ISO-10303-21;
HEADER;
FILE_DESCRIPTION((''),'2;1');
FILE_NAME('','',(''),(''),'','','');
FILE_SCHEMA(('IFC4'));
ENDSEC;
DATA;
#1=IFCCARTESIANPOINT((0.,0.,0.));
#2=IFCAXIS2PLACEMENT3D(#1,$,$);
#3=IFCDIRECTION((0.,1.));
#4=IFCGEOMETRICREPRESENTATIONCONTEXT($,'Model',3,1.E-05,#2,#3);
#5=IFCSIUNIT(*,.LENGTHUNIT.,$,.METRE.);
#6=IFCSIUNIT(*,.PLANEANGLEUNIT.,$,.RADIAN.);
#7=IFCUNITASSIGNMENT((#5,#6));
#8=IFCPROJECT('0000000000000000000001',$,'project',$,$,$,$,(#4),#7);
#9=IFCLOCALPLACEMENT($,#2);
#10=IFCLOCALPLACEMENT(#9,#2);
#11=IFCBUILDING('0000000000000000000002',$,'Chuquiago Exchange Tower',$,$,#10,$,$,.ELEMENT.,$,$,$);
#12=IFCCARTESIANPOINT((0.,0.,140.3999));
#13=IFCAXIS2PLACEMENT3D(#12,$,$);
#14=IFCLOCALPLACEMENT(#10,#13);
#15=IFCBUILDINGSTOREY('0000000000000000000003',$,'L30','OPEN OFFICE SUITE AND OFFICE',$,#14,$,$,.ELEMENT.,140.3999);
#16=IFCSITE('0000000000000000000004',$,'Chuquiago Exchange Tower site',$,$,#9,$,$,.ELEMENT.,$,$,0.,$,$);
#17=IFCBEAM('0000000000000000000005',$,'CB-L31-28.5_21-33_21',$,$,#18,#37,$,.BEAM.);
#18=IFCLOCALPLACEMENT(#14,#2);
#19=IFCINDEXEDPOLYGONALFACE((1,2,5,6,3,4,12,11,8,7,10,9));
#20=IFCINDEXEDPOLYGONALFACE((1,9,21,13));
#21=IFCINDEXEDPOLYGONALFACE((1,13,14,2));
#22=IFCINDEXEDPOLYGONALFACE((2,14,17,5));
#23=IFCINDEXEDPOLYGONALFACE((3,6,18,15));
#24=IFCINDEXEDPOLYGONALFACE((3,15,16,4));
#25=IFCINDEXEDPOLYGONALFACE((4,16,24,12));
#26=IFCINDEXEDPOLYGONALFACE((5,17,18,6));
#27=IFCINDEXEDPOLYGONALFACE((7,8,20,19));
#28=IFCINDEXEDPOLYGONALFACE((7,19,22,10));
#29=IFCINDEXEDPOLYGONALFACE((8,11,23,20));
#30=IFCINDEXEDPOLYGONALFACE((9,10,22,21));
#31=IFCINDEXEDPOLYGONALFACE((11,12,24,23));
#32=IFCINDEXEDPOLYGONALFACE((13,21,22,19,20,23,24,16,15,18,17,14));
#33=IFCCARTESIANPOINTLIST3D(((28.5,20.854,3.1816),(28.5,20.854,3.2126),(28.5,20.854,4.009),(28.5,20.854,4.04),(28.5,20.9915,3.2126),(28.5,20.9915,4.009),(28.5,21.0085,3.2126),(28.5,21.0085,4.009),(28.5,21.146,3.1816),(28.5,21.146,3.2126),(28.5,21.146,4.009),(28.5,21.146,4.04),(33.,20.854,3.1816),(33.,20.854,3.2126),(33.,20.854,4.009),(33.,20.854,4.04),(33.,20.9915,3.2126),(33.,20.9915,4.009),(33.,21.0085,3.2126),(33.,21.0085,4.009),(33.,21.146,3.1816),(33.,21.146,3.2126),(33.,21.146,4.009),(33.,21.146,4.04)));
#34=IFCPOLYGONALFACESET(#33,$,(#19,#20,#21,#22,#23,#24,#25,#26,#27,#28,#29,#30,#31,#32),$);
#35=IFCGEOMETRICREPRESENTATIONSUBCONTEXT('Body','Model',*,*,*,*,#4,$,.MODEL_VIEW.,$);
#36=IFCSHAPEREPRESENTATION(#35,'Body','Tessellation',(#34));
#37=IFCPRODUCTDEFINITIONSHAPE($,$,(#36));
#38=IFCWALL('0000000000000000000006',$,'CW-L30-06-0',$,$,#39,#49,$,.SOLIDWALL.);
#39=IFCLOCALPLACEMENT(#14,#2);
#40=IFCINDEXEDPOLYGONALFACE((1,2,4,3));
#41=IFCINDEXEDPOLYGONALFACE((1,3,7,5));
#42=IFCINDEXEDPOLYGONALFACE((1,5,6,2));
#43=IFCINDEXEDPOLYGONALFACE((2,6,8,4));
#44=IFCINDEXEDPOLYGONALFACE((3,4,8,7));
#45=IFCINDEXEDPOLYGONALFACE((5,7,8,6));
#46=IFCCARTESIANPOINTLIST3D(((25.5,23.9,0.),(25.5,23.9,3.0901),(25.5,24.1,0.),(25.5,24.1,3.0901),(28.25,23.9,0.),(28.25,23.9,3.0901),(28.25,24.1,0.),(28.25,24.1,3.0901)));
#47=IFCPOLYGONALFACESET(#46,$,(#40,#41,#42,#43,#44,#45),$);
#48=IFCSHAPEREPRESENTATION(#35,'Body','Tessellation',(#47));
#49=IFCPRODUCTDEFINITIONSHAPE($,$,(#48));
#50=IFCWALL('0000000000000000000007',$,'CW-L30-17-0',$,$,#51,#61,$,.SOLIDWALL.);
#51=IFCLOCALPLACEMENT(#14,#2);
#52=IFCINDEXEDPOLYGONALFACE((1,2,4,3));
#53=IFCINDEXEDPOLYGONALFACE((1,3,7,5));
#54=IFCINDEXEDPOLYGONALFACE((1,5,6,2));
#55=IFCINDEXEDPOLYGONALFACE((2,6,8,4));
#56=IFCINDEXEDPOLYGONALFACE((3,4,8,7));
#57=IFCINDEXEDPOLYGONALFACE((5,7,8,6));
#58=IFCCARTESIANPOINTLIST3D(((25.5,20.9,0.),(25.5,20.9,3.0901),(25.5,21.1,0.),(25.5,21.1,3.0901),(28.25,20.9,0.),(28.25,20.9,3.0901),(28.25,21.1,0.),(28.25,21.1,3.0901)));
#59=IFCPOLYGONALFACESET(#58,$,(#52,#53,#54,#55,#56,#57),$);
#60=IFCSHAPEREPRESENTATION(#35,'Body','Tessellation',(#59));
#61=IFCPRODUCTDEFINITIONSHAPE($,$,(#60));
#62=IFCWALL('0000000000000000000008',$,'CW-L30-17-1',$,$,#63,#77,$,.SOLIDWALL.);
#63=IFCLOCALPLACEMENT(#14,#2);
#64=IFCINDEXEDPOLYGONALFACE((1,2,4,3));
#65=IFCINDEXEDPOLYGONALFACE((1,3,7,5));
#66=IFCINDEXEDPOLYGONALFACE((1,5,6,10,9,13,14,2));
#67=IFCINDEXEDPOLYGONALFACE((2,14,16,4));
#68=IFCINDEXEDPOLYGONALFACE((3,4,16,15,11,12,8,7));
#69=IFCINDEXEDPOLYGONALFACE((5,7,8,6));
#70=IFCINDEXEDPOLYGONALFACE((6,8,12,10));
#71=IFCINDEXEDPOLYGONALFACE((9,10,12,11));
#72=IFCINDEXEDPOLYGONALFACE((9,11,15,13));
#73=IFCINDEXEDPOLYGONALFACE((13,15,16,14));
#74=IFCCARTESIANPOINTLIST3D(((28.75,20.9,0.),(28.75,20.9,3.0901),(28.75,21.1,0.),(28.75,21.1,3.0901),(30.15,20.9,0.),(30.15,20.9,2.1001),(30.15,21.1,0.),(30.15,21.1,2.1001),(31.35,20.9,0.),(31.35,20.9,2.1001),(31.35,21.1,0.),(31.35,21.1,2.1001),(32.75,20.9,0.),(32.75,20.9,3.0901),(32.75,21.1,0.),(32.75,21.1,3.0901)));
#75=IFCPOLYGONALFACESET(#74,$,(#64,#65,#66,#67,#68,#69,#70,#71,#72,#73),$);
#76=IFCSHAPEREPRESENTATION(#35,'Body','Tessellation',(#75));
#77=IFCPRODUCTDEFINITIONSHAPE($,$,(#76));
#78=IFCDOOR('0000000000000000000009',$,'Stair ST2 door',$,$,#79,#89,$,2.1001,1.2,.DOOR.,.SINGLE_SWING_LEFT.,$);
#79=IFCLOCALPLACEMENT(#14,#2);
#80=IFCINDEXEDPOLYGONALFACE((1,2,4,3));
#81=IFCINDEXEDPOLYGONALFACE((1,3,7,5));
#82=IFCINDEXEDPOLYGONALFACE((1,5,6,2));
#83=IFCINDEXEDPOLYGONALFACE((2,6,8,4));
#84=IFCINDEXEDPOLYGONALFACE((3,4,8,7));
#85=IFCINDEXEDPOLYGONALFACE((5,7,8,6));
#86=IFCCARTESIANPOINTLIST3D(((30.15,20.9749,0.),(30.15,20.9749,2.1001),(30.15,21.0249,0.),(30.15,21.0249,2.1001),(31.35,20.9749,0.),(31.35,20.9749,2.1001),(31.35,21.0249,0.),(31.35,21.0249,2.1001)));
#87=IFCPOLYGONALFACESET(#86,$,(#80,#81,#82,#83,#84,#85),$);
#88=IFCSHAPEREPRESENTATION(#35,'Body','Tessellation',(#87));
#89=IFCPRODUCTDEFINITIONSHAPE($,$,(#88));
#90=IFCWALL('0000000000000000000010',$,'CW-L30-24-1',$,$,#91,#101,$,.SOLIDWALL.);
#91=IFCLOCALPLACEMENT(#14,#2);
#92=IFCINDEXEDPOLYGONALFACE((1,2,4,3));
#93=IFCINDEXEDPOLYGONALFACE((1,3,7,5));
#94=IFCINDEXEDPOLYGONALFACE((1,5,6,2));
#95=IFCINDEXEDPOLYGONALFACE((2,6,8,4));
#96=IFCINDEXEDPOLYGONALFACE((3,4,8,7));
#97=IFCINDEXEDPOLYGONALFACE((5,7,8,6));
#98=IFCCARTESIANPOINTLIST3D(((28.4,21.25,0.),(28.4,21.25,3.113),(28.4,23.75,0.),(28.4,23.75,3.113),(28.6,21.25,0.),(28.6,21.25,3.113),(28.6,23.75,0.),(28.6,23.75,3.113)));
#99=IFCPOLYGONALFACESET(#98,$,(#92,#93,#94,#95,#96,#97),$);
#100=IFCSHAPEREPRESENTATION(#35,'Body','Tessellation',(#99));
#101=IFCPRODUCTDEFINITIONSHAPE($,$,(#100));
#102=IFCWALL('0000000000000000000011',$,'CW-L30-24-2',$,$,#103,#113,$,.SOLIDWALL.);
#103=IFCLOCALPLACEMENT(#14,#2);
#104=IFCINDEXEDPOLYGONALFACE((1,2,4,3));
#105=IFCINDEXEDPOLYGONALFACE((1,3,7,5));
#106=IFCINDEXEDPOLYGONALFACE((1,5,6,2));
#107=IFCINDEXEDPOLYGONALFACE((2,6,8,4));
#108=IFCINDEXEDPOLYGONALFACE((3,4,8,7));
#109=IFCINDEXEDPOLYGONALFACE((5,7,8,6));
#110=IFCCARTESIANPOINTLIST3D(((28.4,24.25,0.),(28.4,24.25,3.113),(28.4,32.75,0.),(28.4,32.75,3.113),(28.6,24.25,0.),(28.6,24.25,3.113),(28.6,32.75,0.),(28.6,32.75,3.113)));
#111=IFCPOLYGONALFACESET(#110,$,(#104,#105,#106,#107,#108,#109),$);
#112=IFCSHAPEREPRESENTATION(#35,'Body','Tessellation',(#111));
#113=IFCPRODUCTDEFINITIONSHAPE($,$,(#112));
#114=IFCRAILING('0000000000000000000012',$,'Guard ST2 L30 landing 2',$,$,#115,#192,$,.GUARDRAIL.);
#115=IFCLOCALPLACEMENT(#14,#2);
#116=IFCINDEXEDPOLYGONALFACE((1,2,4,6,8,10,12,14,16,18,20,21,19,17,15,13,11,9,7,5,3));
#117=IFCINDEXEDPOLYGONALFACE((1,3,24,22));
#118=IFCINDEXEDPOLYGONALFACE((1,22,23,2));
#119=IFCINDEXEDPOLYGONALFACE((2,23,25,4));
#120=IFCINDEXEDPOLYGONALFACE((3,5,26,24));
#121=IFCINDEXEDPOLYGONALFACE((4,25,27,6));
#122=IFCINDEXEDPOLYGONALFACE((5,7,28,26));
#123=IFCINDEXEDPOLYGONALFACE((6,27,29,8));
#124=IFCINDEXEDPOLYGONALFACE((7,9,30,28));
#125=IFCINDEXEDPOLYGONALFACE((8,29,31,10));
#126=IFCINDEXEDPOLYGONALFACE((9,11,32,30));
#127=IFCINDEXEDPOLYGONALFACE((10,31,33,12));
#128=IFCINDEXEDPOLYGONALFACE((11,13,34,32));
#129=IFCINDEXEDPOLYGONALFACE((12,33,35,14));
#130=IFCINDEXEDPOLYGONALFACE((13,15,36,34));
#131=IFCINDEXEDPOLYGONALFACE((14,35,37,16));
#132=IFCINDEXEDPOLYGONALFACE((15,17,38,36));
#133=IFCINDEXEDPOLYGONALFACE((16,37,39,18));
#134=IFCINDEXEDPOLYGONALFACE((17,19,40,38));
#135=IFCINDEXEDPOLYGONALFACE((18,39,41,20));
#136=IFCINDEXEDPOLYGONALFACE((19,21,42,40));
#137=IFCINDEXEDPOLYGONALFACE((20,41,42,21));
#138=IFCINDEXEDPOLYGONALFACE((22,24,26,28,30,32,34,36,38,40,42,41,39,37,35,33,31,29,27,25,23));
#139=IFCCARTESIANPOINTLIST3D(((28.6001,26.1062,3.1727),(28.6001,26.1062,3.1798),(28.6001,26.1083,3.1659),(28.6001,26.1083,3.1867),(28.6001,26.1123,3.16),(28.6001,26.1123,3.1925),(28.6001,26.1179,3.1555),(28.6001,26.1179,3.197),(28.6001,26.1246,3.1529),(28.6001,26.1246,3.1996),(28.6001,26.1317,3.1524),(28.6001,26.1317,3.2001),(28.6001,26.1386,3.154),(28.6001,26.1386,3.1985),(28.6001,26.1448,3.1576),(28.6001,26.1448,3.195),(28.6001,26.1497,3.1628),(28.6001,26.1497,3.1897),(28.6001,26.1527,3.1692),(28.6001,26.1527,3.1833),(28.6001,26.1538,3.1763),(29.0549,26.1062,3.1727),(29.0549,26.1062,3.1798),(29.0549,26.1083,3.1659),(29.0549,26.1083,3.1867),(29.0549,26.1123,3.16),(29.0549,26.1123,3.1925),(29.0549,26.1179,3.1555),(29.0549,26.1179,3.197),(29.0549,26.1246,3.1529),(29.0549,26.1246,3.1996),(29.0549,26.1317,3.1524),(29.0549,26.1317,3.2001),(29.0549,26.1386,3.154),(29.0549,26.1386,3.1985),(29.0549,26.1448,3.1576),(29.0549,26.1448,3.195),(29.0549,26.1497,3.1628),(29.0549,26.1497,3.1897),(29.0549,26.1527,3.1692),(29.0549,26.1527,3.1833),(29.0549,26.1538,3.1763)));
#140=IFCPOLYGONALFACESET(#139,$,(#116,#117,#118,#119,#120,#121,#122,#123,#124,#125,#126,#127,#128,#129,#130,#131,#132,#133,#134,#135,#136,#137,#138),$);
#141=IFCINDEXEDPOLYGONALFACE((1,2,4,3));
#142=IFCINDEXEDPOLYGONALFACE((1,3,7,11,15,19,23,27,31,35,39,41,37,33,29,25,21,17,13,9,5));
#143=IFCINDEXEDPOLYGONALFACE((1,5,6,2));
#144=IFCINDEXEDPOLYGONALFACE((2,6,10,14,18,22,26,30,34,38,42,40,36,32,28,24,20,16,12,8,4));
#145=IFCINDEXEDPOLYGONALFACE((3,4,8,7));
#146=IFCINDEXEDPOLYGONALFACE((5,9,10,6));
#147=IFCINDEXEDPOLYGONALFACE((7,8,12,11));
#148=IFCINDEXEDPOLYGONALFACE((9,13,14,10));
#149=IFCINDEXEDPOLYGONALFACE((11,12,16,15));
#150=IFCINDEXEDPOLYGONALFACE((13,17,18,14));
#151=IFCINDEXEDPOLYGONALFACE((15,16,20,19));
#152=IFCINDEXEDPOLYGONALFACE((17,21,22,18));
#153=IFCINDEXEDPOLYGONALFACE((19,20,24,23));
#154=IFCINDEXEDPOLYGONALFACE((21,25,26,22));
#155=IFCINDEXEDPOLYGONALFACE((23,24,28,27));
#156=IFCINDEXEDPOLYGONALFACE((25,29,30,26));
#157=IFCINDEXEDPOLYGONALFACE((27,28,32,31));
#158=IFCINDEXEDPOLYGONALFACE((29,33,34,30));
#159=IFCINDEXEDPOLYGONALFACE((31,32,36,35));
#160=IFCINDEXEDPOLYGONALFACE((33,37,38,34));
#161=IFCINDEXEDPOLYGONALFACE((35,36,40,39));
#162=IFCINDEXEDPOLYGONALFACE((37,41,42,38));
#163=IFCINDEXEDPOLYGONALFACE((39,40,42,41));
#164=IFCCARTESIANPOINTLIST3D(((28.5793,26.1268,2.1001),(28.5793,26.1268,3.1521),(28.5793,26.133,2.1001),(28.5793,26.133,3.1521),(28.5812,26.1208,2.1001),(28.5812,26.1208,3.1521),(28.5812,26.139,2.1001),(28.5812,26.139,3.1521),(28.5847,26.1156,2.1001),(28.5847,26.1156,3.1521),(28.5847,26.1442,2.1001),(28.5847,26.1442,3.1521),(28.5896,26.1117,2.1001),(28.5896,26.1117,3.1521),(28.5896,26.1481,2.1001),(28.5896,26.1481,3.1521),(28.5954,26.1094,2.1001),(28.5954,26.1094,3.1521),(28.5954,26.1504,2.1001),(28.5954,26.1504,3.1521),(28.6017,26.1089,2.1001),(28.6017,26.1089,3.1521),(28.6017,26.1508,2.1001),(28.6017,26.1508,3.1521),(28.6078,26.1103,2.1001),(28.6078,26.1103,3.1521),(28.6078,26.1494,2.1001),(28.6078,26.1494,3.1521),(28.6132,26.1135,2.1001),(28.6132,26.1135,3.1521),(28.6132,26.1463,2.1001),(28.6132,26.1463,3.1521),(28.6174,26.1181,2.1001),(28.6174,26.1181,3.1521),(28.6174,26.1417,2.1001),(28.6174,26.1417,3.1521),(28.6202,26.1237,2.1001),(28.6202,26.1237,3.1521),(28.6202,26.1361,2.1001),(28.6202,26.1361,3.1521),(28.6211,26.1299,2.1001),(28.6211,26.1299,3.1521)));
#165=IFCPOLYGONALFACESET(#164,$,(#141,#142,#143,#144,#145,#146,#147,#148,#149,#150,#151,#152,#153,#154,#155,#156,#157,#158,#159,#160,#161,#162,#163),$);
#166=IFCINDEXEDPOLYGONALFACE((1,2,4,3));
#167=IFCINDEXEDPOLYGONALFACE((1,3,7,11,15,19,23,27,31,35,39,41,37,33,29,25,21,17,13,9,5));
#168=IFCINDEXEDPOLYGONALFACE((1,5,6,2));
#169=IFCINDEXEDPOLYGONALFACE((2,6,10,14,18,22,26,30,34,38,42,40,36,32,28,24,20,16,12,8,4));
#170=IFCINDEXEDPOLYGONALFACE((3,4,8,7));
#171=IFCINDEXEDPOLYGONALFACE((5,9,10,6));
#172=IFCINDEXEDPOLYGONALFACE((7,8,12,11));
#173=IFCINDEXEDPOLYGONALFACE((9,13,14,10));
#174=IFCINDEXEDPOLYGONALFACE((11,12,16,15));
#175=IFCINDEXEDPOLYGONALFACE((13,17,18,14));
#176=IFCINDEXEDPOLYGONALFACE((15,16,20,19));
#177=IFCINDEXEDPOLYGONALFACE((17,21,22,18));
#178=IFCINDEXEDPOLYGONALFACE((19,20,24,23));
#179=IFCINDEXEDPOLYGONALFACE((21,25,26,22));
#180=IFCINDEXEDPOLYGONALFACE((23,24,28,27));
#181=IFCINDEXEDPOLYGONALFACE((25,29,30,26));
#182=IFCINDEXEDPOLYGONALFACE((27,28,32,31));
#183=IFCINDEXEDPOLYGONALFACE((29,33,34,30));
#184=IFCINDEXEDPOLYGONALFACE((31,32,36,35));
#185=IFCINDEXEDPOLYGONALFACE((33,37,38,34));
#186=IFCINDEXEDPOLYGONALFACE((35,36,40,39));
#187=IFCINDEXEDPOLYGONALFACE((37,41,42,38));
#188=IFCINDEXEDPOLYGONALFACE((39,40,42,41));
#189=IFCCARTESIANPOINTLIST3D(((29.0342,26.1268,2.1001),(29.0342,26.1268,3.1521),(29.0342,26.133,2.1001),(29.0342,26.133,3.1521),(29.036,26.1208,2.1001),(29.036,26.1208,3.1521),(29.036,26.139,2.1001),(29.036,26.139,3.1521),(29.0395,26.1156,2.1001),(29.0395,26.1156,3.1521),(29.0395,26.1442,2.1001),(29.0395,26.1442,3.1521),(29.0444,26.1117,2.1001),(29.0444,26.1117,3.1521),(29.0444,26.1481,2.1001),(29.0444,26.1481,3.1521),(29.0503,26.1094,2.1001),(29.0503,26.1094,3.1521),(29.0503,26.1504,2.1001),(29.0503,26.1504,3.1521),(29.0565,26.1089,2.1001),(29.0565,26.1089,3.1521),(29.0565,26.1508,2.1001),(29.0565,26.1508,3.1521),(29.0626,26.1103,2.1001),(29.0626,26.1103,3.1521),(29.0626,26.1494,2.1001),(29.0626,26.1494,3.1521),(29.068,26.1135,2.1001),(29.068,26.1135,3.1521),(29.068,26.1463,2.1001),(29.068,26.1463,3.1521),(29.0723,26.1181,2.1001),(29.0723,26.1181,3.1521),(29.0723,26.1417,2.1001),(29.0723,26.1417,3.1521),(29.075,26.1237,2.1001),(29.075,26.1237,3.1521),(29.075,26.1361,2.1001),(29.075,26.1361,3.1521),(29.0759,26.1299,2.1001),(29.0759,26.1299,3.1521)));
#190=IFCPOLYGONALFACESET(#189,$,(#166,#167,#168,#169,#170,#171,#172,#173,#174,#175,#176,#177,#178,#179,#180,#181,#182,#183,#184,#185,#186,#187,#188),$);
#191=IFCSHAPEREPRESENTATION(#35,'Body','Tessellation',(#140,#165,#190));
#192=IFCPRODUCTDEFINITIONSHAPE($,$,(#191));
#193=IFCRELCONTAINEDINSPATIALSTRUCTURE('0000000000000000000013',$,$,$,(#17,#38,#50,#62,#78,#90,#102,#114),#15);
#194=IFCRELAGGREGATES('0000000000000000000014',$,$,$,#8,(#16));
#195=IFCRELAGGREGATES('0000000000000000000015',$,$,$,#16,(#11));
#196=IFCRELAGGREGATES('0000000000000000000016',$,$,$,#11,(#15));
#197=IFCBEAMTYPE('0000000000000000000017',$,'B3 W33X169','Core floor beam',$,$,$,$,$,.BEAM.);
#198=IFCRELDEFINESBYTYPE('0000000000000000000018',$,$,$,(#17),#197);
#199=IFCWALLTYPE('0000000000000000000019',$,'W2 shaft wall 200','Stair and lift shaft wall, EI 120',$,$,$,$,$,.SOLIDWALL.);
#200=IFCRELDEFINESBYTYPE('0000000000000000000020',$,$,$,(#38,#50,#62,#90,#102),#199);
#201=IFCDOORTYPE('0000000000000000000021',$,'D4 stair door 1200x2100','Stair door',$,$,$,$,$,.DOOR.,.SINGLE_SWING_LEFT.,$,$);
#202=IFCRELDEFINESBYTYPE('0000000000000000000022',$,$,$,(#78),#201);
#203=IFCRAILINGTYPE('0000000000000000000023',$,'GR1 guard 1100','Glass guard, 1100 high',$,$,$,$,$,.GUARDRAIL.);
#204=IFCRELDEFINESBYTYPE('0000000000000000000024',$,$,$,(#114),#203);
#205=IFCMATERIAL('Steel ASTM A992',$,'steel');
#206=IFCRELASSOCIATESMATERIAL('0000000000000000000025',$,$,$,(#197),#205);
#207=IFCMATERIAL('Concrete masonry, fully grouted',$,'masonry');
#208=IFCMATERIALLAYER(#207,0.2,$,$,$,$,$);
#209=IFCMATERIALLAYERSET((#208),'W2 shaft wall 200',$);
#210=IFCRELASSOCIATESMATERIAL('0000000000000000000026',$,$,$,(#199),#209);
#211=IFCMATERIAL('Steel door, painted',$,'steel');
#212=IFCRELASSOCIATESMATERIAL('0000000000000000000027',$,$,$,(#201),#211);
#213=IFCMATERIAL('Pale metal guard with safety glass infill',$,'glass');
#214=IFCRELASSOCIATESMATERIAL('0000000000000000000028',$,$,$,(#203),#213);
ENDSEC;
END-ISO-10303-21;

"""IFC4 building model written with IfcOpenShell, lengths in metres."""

from ifc_helpers import new_model, si_unit, direction, frame, frame_2d, origin, origin_2d, place, context, subcontext, project, spatial, rectangle, circle, i_section, extrude, material, layer, layer_set, material_profile, profile_set, type_object, element, fill, save


model = new_model("IFC4")

# Units and contexts
model_context = context("Model", 3, precision=1e-05, world=origin(), true_north=direction((0.0, 1.0)))
body_context = subcontext(model_context, "Body", "Model", "MODEL_VIEW")
ifc_project = project(units=[si_unit("LENGTHUNIT", "METRE"), si_unit("PLANEANGLEUNIT", "RADIAN")], contexts=[model_context])

# Site, building, storey
site_placement = place(None, origin())
site = spatial("IfcSite", under=ifc_project, at=site_placement, Name="Chuquiago Exchange Tower site", CompositionType="ELEMENT", RefElevation=0.0)
building_placement = place(site_placement, origin())
building = spatial("IfcBuilding", under=site, at=building_placement, Name="Chuquiago Exchange Tower", CompositionType="ELEMENT")
storey_placement = place(building_placement, frame((0.0, 0.0, 140.3999)))
storey = spatial("IfcBuildingStorey", under=building, at=storey_placement, Name="L30", Description="OPEN OFFICE SUITE AND OFFICE", CompositionType="ELEMENT", Elevation=140.3999)

# Beam
ifc_material_1 = material(Name="Steel ASTM A992", Category="steel")
ifc_material_profile_1 = material_profile(ifc_material_1, i_section(OverallWidth=0.292, OverallDepth=0.8584, WebThickness=0.0171, FlangeThickness=0.031, at=origin_2d()), Name="W33X169")
ifc_profile_set_1 = profile_set([ifc_material_profile_1], Name="Steel ASTM A992")
beam_type_1 = type_object("IfcBeamType", Name="B3 W33X169", Description="Core floor beam", PredefinedType="BEAM", material=ifc_profile_set_1)
beam_1_placement = place(storey_placement, frame((28.5, 21.0, 3.6108), z_axis=(1.0, 0.0, 0.0), x_axis=(0.0, 1.0, 0.0)))
element("IfcBeam", 1, at=beam_1_placement, inside=storey, type_object=beam_type_1, Name="CB-L31-28.5_21-33_21", PredefinedType="BEAM", context=body_context, shape_type="SweptSolid", body=[
    extrude(i_section(OverallWidth=0.292, OverallDepth=0.8584, WebThickness=0.0171, FlangeThickness=0.031, at=origin_2d()), origin(), (0.0, 0.0, 1.0), 4.5),
])

# Walls
ifc_material_2 = material(Name="Concrete masonry, fully grouted", Category="masonry")
ifc_layer = layer(ifc_material_2, 0.2)
ifc_layer_set = layer_set([ifc_layer], Name="W2 shaft wall 200")
wall_type = type_object("IfcWallType", Name="W2 shaft wall 200", Description="Stair and lift shaft wall, EI 120", PredefinedType="SOLIDWALL", material=ifc_layer_set)
for number, where, z_axis, x_axis, name in (
    (2, (25.5, 24.0, 0.0), (0.0, 0.0, 1.0), (1.0, 0.0, 0.0), "CW-L30-06-0"),
    (3, (25.5, 21.0, 0.0), (0.0, 0.0, 1.0), (1.0, 0.0, 0.0), "CW-L30-17-0"),
):
    element("IfcWall", number, at=place(storey_placement, frame(where, z_axis=z_axis, x_axis=x_axis)), inside=storey, type_object=wall_type, Name=name, PredefinedType="SOLIDWALL", context=body_context, shape_type="SweptSolid", body=[
        extrude(rectangle(XDim=2.75, YDim=0.2, at=frame_2d((1.375, 0.0))), origin(), (0.0, 0.0, 1.0), 3.0901),
    ])

# Wall, opening, door
wall_1_placement = place(storey_placement, frame((28.75, 21.0, 0.0), z_axis=(0.0, 0.0, 1.0), x_axis=(1.0, 0.0, 0.0)))
wall_1 = element("IfcWall", 4, at=wall_1_placement, inside=storey, type_object=wall_type, Name="CW-L30-17-1", PredefinedType="SOLIDWALL", context=body_context, shape_type="SweptSolid", body=[
    extrude(rectangle(XDim=4.0, YDim=0.2, at=frame_2d((2.0, 0.0))), origin(), (0.0, 0.0, 1.0), 3.0901),
])
opening_placement = place(wall_1_placement, frame((1.3999, 0.0, 0.0)))
opening = element("IfcOpeningElement", 5, at=opening_placement, cuts=wall_1, PredefinedType="OPENING", context=body_context, shape_type="SweptSolid", body=[
    extrude(rectangle(XDim=1.2, YDim=2.1001, at=frame_2d((0.6001, 1.05))), frame((0.0, 0.1099, 0.0), z_axis=(0.0, -1.0, 0.0), x_axis=(1.0, 0.0, 0.0)), (0.0, 0.0, 1.0), 0.22),
])
ifc_material_3 = material(Name="Steel door, painted", Category="steel")
door_type = type_object("IfcDoorType", Name="D4 stair door 1200x2100", Description="Stair door", OperationType="SINGLE_SWING_LEFT", PredefinedType="DOOR", material=ifc_material_3)
door_placement = place(opening_placement, origin())
door = element("IfcDoor", 6, at=door_placement, inside=storey, type_object=door_type, Name="Stair ST2 door", OperationType="SINGLE_SWING_LEFT", OverallHeight=2.1001, OverallWidth=1.2, PredefinedType="DOOR", context=body_context, shape_type="SweptSolid", body=[
    extrude(rectangle(XDim=1.2, YDim=2.1001, at=frame_2d((0.6001, 1.05))), frame((0.0, 0.0249, 0.0), z_axis=(0.0, -1.0, 0.0), x_axis=(1.0, 0.0, 0.0)), (0.0, 0.0, 1.0), 0.05),
])
fill(opening, door)

# Walls
wall_2_placement = place(storey_placement, frame((28.5, 21.25, 0.0), z_axis=(0.0, 0.0, 1.0), x_axis=(0.0, 1.0, 0.0)))
element("IfcWall", 7, at=wall_2_placement, inside=storey, type_object=wall_type, Name="CW-L30-24-1", PredefinedType="SOLIDWALL", context=body_context, shape_type="SweptSolid", body=[
    extrude(rectangle(XDim=2.5, YDim=0.2, at=frame_2d((1.25, 0.0))), origin(), (0.0, 0.0, 1.0), 3.113),
])
wall_3_placement = place(storey_placement, frame((28.5, 24.25, 0.0), z_axis=(0.0, 0.0, 1.0), x_axis=(0.0, 1.0, 0.0)))
element("IfcWall", 8, at=wall_3_placement, inside=storey, type_object=wall_type, Name="CW-L30-24-2", PredefinedType="SOLIDWALL", context=body_context, shape_type="SweptSolid", body=[
    extrude(rectangle(XDim=8.5, YDim=0.2, at=frame_2d((4.25, 0.0))), origin(), (0.0, 0.0, 1.0), 3.113),
])

# Railing
ifc_material_4 = material(Name="Pale metal guard with safety glass infill", Category="glass")
railing_type_1 = type_object("IfcRailingType", Name="GR1 guard 1100", Description="Glass guard, 1100 high", PredefinedType="GUARDRAIL", material=ifc_material_4)
railing_1_placement = place(storey_placement, frame((28.6001, 26.1299, 2.1001)))
element("IfcRailing", 9, at=railing_1_placement, inside=storey, type_object=railing_type_1, Name="Guard ST2 L30 landing 2", PredefinedType="GUARDRAIL", context=body_context, shape_type="SweptSolid", body=[
    extrude(circle(Radius=0.0239, at=origin_2d()), frame((0.0, 0.0, 1.0762), z_axis=(1.0, 0.0, 0.0), x_axis=(0.0, 1.0, 0.0)), (0.0, 0.0, 1.0), 0.4548),
    extrude(circle(Radius=0.021, at=origin_2d()), origin(), (0.0, 0.0, 1.0), 1.052),
    extrude(circle(Radius=0.021, at=origin_2d()), frame((0.4548, 0.0, 0.0)), (0.0, 0.0, 1.0), 1.052),
])

save(model, "model.ifc")
